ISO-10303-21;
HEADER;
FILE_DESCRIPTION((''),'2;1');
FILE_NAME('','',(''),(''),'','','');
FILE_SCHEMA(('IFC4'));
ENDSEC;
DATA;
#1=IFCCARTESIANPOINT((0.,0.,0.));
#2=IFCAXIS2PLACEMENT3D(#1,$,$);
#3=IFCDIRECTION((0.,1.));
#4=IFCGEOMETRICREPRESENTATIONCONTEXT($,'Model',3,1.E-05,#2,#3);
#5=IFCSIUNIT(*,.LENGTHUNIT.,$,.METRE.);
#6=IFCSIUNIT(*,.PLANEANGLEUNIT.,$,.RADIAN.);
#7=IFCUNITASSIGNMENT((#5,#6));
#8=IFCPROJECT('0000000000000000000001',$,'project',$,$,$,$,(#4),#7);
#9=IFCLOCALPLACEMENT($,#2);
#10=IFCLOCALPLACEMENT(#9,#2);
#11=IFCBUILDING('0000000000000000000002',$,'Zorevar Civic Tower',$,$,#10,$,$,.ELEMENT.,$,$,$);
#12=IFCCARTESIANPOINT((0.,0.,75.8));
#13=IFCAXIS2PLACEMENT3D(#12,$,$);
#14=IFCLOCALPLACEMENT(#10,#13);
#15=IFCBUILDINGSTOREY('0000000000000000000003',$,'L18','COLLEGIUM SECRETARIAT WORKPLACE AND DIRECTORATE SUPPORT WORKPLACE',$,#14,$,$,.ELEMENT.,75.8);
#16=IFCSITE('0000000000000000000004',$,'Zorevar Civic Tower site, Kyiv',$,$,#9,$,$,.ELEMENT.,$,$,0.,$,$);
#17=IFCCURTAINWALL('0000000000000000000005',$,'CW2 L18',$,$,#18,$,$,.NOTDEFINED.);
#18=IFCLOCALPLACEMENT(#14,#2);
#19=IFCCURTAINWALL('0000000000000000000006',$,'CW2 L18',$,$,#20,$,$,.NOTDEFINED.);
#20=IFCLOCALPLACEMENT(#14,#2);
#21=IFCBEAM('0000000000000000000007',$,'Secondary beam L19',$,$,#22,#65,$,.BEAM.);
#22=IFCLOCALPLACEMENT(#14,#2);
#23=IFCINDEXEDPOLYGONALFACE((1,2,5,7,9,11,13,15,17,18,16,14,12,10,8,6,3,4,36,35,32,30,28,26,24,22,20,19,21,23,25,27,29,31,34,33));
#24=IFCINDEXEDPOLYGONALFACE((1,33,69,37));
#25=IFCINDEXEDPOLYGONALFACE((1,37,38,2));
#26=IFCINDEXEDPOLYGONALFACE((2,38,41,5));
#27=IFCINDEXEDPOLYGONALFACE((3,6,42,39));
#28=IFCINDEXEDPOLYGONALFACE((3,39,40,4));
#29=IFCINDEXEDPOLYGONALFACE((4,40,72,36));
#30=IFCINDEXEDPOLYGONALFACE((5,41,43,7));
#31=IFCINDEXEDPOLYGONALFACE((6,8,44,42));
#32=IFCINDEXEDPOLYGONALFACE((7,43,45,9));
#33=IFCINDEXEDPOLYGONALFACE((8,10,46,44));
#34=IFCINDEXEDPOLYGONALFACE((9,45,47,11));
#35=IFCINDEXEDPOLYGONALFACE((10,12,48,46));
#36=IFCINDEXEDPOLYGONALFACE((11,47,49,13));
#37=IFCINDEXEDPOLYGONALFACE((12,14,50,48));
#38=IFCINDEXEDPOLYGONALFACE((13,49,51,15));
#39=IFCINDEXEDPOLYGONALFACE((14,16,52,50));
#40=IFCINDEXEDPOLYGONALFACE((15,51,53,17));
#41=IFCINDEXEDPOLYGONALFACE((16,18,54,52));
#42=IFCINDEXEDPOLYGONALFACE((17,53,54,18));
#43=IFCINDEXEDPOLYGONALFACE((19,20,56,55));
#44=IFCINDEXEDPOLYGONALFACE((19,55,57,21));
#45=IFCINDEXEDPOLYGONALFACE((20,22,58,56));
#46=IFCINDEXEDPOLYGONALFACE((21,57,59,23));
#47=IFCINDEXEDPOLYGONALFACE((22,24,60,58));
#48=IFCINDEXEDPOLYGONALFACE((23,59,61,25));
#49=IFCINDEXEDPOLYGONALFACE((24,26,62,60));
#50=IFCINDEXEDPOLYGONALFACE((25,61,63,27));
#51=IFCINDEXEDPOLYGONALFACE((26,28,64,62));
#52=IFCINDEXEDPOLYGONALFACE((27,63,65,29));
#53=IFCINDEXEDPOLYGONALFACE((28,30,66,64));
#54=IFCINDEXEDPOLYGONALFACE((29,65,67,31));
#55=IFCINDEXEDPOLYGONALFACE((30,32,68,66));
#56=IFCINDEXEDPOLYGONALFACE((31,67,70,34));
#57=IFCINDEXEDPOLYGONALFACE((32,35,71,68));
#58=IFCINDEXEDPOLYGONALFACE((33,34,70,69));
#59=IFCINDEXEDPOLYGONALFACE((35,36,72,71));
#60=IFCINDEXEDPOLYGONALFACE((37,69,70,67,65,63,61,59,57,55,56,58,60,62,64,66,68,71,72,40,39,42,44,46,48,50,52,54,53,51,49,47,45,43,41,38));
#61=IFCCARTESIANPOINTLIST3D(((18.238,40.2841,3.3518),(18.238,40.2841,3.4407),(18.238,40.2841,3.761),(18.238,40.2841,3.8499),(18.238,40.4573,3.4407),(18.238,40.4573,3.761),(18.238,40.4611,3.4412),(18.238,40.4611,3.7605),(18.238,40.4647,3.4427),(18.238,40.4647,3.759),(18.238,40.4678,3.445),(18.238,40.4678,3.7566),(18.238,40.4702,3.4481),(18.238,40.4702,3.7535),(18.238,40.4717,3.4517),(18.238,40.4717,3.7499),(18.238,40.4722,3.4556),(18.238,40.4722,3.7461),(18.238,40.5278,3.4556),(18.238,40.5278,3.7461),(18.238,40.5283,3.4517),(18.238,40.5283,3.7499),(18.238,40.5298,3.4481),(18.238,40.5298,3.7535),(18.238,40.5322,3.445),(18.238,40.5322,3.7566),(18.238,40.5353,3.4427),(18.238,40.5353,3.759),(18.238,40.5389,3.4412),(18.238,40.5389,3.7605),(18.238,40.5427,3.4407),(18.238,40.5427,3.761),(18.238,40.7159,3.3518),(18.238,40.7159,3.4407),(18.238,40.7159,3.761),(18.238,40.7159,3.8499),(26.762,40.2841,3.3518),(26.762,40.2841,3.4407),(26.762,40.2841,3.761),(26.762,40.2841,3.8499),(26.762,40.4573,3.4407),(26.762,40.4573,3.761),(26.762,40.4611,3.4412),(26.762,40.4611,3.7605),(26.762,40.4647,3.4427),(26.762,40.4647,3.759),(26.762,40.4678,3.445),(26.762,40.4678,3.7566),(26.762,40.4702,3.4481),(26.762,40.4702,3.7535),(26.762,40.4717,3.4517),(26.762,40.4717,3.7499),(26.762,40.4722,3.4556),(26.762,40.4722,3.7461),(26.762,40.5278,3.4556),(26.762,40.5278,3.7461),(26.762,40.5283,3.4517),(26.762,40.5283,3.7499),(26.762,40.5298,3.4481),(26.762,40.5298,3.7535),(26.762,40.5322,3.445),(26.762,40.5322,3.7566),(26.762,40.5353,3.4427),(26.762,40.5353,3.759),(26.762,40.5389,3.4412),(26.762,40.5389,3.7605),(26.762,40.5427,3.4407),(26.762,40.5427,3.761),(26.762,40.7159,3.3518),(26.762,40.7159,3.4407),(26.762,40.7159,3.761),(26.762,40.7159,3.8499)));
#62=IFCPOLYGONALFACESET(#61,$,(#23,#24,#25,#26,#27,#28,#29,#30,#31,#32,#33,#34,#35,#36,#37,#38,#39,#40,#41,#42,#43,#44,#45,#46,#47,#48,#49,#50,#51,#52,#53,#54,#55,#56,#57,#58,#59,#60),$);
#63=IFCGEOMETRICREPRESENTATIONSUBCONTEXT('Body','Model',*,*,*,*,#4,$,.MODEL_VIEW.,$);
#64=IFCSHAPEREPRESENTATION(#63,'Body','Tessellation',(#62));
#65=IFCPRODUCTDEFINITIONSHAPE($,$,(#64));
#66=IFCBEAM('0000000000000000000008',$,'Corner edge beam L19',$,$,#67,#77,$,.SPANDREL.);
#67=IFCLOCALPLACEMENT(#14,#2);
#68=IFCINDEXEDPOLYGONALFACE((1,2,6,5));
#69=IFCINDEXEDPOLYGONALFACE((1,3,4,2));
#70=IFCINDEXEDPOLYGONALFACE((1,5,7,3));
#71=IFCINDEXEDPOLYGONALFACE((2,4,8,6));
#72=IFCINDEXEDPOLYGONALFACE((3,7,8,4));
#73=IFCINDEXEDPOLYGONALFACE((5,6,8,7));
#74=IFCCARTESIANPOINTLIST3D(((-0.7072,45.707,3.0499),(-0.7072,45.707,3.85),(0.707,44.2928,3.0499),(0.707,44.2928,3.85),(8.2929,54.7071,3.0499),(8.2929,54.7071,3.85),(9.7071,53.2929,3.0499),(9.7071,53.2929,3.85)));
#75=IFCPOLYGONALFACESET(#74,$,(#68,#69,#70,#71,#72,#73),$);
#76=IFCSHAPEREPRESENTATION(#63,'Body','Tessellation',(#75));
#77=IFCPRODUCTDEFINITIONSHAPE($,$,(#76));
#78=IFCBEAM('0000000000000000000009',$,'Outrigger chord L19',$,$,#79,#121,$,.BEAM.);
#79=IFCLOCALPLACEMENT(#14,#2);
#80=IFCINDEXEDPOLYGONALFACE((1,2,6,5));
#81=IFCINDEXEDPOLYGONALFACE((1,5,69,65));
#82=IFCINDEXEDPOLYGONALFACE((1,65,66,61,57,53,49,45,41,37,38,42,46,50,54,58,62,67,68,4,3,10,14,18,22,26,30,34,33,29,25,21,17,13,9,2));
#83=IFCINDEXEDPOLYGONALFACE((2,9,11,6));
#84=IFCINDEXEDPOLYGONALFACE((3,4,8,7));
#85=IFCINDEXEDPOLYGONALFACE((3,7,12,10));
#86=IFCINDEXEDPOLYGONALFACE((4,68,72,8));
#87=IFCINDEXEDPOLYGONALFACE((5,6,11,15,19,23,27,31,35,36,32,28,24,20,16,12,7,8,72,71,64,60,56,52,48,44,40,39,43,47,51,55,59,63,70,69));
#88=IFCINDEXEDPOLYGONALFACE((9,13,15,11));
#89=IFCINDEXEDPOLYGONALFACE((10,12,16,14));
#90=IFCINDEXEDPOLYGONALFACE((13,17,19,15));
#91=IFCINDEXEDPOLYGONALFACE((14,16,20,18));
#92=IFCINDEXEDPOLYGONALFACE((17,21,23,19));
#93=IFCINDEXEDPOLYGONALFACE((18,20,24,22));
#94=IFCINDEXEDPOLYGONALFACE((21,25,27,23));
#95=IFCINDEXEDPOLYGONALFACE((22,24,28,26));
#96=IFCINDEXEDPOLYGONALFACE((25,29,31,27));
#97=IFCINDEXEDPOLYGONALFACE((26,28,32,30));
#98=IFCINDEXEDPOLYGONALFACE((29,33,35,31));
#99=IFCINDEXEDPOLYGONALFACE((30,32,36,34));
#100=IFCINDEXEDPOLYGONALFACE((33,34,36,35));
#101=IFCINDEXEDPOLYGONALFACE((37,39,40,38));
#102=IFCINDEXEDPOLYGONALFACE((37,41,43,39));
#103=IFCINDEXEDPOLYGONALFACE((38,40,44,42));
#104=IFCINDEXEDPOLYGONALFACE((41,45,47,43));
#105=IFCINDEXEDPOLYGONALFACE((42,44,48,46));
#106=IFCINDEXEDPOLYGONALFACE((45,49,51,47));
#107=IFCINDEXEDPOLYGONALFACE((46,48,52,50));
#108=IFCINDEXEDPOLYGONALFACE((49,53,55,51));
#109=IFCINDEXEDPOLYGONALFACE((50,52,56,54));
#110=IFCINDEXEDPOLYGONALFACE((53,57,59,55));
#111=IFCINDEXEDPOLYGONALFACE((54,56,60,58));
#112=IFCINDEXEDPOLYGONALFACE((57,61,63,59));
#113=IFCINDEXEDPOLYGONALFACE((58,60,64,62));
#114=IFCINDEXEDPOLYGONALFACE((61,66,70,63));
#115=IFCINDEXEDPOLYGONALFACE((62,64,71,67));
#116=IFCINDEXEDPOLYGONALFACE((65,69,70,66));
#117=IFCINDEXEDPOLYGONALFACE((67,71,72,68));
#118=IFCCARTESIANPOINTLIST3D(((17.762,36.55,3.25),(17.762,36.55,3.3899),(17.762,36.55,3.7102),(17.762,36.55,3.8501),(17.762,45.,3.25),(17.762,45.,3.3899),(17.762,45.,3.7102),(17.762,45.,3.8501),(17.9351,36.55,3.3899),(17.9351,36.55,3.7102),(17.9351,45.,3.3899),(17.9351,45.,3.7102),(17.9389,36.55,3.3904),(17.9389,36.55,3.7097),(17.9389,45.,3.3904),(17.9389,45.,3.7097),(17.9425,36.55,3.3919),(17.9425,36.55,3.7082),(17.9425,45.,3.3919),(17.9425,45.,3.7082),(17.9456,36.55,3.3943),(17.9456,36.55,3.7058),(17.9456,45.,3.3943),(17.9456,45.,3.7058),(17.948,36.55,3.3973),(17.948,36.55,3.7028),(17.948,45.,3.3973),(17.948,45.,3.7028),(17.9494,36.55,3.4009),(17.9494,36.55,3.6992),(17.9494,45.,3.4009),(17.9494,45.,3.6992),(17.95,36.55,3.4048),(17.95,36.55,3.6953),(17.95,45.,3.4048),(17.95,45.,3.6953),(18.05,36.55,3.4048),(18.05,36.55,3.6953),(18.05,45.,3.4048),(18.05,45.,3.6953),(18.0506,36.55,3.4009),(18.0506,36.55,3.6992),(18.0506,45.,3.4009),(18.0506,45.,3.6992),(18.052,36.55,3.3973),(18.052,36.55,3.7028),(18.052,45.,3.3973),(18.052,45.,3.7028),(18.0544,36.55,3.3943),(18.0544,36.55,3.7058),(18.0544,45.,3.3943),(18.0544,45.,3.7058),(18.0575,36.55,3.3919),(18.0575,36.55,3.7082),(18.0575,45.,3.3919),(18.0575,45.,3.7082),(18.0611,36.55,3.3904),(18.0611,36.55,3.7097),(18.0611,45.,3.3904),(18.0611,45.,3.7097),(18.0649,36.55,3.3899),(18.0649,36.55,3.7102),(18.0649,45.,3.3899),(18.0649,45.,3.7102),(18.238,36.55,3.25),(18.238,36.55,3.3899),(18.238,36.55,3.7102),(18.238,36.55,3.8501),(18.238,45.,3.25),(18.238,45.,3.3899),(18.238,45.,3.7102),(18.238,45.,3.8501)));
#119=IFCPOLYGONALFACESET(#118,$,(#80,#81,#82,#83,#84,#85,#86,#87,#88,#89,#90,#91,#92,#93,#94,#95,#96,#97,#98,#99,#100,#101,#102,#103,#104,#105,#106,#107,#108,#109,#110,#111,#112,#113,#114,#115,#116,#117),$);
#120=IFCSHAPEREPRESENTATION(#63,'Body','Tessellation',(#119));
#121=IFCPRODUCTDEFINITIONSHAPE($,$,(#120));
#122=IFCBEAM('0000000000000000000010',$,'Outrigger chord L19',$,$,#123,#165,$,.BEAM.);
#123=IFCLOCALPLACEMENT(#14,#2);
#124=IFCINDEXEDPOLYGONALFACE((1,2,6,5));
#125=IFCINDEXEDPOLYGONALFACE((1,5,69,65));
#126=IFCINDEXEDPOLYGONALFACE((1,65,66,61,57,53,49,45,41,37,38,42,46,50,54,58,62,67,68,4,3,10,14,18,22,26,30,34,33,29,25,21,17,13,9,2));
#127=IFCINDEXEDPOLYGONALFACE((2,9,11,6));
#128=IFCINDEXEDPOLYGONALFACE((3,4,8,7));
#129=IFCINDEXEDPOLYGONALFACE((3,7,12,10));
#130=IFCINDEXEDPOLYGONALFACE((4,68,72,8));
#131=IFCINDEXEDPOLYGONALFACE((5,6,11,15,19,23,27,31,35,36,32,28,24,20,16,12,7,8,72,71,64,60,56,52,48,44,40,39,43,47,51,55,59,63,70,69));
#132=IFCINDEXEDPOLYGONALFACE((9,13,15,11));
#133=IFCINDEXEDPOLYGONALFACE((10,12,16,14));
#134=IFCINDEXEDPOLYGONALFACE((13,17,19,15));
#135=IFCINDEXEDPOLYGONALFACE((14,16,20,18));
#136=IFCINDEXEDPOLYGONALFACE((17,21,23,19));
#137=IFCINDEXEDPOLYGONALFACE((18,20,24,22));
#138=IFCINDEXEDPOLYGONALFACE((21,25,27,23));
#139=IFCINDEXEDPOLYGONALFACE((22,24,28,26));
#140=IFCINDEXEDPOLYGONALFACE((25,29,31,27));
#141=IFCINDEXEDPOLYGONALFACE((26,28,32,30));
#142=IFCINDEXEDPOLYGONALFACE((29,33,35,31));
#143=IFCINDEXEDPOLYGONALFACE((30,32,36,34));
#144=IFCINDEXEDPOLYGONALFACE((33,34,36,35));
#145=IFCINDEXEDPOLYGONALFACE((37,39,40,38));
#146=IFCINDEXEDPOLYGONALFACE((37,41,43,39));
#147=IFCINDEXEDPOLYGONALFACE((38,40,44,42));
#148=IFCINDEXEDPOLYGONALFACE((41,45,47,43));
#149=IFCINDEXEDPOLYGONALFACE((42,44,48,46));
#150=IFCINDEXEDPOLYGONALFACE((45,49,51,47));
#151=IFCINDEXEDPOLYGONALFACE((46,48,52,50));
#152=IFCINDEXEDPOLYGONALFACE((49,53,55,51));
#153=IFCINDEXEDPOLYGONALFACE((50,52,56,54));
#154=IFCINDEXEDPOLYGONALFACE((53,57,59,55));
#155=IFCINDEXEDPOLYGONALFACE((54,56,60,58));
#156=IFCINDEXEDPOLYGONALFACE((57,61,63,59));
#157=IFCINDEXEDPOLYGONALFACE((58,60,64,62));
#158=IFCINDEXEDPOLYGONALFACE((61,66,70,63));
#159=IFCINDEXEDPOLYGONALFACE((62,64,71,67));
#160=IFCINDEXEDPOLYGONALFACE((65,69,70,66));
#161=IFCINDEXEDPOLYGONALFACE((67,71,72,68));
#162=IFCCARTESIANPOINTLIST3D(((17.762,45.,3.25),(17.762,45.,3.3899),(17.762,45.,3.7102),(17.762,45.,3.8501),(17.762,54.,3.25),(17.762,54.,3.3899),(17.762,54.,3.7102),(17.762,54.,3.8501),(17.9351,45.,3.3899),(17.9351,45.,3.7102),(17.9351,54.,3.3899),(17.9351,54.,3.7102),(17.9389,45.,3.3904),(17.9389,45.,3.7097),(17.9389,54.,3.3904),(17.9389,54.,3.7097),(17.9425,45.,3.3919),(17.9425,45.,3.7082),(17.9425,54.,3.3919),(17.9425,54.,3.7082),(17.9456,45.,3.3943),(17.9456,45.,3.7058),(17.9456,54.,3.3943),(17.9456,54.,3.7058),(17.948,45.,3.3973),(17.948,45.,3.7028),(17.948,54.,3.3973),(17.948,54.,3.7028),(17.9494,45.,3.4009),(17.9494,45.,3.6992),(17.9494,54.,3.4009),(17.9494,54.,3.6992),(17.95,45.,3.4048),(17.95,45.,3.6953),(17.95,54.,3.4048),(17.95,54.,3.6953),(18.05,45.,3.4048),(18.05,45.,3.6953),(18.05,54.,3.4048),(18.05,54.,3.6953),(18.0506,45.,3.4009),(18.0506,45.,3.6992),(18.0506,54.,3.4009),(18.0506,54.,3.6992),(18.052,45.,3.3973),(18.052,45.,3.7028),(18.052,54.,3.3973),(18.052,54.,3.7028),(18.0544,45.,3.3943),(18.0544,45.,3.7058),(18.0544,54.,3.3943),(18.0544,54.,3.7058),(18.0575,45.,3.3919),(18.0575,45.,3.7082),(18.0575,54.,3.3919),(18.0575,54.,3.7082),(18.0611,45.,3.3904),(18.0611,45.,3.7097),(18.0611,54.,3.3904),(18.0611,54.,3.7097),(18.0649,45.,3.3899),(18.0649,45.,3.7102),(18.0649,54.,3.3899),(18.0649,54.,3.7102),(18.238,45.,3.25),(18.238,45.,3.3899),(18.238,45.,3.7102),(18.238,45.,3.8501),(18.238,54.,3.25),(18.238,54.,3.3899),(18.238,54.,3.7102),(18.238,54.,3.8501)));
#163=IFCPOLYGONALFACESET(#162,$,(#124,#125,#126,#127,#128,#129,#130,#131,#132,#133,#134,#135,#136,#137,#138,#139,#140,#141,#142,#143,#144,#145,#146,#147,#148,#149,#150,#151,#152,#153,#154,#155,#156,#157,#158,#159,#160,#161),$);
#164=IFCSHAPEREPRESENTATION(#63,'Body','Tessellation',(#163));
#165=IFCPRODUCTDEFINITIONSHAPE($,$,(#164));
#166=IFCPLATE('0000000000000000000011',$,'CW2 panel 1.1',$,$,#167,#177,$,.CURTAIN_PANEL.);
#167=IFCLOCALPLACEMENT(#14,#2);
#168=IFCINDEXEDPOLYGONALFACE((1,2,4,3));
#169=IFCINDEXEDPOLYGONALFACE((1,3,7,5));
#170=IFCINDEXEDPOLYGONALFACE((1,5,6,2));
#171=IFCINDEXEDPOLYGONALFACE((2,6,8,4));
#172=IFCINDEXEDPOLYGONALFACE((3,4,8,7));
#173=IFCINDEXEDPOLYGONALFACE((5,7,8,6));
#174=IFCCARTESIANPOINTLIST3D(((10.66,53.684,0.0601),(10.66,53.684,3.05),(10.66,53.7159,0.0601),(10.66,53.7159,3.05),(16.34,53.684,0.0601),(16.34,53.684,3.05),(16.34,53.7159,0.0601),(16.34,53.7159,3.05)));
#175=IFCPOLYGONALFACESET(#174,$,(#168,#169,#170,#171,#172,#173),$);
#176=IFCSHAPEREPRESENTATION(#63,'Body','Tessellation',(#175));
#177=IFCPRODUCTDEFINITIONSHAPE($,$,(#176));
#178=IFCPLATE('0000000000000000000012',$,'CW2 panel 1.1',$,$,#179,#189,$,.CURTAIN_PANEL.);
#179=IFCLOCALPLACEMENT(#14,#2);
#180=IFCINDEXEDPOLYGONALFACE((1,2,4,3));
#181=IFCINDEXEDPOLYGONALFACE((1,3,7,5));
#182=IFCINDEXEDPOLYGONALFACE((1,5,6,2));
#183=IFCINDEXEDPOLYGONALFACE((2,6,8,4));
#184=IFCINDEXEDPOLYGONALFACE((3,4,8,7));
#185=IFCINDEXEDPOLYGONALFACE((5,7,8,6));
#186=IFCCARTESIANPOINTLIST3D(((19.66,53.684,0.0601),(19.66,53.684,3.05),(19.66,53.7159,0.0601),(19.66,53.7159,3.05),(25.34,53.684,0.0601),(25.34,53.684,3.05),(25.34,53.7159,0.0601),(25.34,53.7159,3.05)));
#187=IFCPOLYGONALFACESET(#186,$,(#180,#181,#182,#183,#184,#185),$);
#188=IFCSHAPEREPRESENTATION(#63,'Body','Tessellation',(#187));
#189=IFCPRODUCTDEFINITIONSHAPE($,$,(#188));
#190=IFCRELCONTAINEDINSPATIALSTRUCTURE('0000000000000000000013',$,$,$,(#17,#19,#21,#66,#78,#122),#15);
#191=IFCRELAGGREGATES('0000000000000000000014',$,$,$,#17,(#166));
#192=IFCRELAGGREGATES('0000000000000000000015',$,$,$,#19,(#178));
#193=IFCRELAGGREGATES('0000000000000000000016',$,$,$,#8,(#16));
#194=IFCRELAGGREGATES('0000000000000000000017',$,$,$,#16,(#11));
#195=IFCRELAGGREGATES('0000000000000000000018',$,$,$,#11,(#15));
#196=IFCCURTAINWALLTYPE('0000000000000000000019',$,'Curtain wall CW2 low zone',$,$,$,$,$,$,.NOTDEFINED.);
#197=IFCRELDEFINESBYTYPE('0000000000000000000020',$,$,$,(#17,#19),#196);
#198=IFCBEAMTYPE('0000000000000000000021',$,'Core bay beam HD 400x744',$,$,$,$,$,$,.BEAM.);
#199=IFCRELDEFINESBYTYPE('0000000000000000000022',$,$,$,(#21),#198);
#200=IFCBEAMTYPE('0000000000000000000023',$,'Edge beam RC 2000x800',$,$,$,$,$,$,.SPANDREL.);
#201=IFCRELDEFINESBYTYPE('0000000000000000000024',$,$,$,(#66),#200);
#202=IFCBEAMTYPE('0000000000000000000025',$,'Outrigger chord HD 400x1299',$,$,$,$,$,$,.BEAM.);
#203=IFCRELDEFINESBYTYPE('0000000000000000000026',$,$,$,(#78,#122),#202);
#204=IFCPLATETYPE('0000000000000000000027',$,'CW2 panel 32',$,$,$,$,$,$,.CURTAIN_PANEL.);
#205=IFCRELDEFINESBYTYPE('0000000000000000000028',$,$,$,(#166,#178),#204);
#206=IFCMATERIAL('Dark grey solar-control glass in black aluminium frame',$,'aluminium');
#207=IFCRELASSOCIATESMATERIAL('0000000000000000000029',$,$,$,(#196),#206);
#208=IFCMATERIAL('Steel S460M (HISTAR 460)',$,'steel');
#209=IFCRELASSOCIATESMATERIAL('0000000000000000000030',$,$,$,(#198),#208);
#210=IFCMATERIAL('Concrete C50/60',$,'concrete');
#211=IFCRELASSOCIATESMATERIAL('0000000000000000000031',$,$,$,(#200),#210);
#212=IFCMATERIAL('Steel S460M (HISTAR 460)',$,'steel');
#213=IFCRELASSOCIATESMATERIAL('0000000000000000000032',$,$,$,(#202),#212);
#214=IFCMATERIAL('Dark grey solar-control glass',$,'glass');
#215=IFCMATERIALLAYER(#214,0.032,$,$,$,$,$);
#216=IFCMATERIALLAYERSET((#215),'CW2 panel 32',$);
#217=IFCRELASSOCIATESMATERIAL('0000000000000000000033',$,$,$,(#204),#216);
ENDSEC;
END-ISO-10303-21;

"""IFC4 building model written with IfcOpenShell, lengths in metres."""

from ifc_helpers import new_model, si_unit, direction, frame, origin, origin_2d, place, context, subcontext, project, spatial, rectangle, i_section, extrude, material, layer, layer_set, material_profile, profile_set, type_object, element, aggregate, save


model = new_model("IFC4")

# Units and contexts
model_context = context("Model", 3, precision=1e-05, world=origin(), true_north=direction((0.0, 1.0)))
body_context = subcontext(model_context, "Body", "Model", "MODEL_VIEW")
ifc_project = project(units=[si_unit("LENGTHUNIT", "METRE"), si_unit("PLANEANGLEUNIT", "RADIAN")], contexts=[model_context])

# Site, building, storey
site_placement = place(None, origin())
site = spatial("IfcSite", under=ifc_project, at=site_placement, Name="Zorevar Civic Tower site, Kyiv", CompositionType="ELEMENT", RefElevation=0.0)
building_placement = place(site_placement, origin())
building = spatial("IfcBuilding", under=site, at=building_placement, Name="Zorevar Civic Tower", CompositionType="ELEMENT")
storey_placement = place(building_placement, frame((0.0, 0.0, 75.8)))
storey = spatial("IfcBuildingStorey", under=building, at=storey_placement, Name="L18", Description="COLLEGIUM SECRETARIAT WORKPLACE AND DIRECTORATE SUPPORT WORKPLACE", CompositionType="ELEMENT", Elevation=75.8)

# Curtain walls
ifc_material_1 = material(Name="Dark grey solar-control glass in black aluminium frame", Category="aluminium")
curtain_wall_type = type_object("IfcCurtainWallType", Name="Curtain wall CW2 low zone", PredefinedType="NOTDEFINED", material=ifc_material_1)
curtain_wall_1_placement = place(storey_placement, origin())
curtain_wall_1 = element("IfcCurtainWall", 1, at=curtain_wall_1_placement, inside=storey, type_object=curtain_wall_type, Name="CW2 L18", PredefinedType="NOTDEFINED")
curtain_wall_2_placement = place(storey_placement, origin())
curtain_wall_2 = element("IfcCurtainWall", 2, at=curtain_wall_2_placement, inside=storey, type_object=curtain_wall_type, Name="CW2 L18", PredefinedType="NOTDEFINED")

# Beams
ifc_material_2 = material(Name="Steel S460M (HISTAR 460)", Category="steel")
ifc_material_profile_1 = material_profile(ifc_material_2, i_section(OverallWidth=0.4319, OverallDepth=0.498, WebThickness=0.0557, FlangeThickness=0.0889, FilletRadius=0.0149, at=origin_2d()), Name="HD 400x744")
ifc_profile_set_1 = profile_set([ifc_material_profile_1], Name="Steel S460M (HISTAR 460)")
beam_type_1 = type_object("IfcBeamType", Name="Core bay beam HD 400x744", PredefinedType="BEAM", material=ifc_profile_set_1)
beam_1_placement = place(storey_placement, frame((18.238, 40.5, 3.6008), z_axis=(1.0, 0.0, 0.0), x_axis=(0.0, 1.0, 0.0)))
element("IfcBeam", 3, at=beam_1_placement, inside=storey, type_object=beam_type_1, Name="Secondary beam L19", PredefinedType="BEAM", context=body_context, shape_type="SweptSolid", body=[
    extrude(i_section(OverallWidth=0.4319, OverallDepth=0.498, WebThickness=0.0557, FlangeThickness=0.0889, FilletRadius=0.0149, at=origin_2d()), origin(), (0.0, 0.0, 1.0), 8.5239),
])
ifc_material_3 = material(Name="Concrete C50/60", Category="concrete")
ifc_material_profile_2 = material_profile(ifc_material_3, rectangle(XDim=2.0, YDim=0.8, at=origin_2d()), Name="RC 2000x800")
ifc_profile_set_2 = profile_set([ifc_material_profile_2], Name="Concrete C50/60")
beam_type_2 = type_object("IfcBeamType", Name="Edge beam RC 2000x800", PredefinedType="SPANDREL", material=ifc_profile_set_2)
beam_2_placement = place(storey_placement, frame((9.0, 54.0, 3.45), z_axis=(-0.707107, -0.707107, 0.0), x_axis=(0.707107, -0.707107, 0.0)))
element("IfcBeam", 4, at=beam_2_placement, inside=storey, type_object=beam_type_2, Name="Corner edge beam L19", PredefinedType="SPANDREL", context=body_context, shape_type="SweptSolid", body=[
    extrude(rectangle(XDim=2.0, YDim=0.8, at=origin_2d()), origin(), (0.0, 0.0, 1.0), 12.728),
])
ifc_material_4 = material(Name="Steel S460M (HISTAR 460)", Category="steel")
ifc_material_profile_3 = material_profile(ifc_material_4, i_section(OverallWidth=0.4761, OverallDepth=0.6001, WebThickness=0.1001, FlangeThickness=0.1399, FilletRadius=0.0149, at=origin_2d()), Name="HD 400x1299")
ifc_profile_set_3 = profile_set([ifc_material_profile_3], Name="Steel S460M (HISTAR 460)")
beam_type_3 = type_object("IfcBeamType", Name="Outrigger chord HD 400x1299", PredefinedType="BEAM", material=ifc_profile_set_3)
beam_3_placement = place(storey_placement, frame((18.0, 36.55, 3.55), z_axis=(0.0, 1.0, 0.0), x_axis=(-1.0, 0.0, 0.0)))
element("IfcBeam", 5, at=beam_3_placement, inside=storey, type_object=beam_type_3, Name="Outrigger chord L19", PredefinedType="BEAM", context=body_context, shape_type="SweptSolid", body=[
    extrude(i_section(OverallWidth=0.4761, OverallDepth=0.6001, WebThickness=0.1001, FlangeThickness=0.1399, FilletRadius=0.0149, at=origin_2d()), origin(), (0.0, 0.0, 1.0), 8.45),
])
beam_4_placement = place(storey_placement, frame((18.0, 45.0, 3.55), z_axis=(0.0, 1.0, 0.0), x_axis=(-1.0, 0.0, 0.0)))
element("IfcBeam", 6, at=beam_4_placement, inside=storey, type_object=beam_type_3, Name="Outrigger chord L19", PredefinedType="BEAM", context=body_context, shape_type="SweptSolid", body=[
    extrude(i_section(OverallWidth=0.4761, OverallDepth=0.6001, WebThickness=0.1001, FlangeThickness=0.1399, FilletRadius=0.0149, at=origin_2d()), origin(), (0.0, 0.0, 1.0), 9.0),
])

# Plates
ifc_material_5 = material(Name="Dark grey solar-control glass", Category="glass")
ifc_layer_1 = layer(ifc_material_5, 0.032)
ifc_layer_set_1 = layer_set([ifc_layer_1], Name="CW2 panel 32")
plate_type = type_object("IfcPlateType", Name="CW2 panel 32", PredefinedType="CURTAIN_PANEL", material=ifc_layer_set_1)
plate_1_placement = place(storey_placement, frame((13.5, 53.7, 0.0601), z_axis=(0.0, 0.0, 1.0), x_axis=(1.0, 0.0, 0.0)))
plate_1 = element("IfcPlate", 7, at=plate_1_placement, type_object=plate_type, Name="CW2 panel 1.1", PredefinedType="CURTAIN_PANEL", context=body_context, shape_type="SweptSolid", body=[
    extrude(rectangle(XDim=5.6799, YDim=0.032, at=origin_2d()), origin(), (0.0, 0.0, 1.0), 2.99),
])
aggregate(curtain_wall_1, [plate_1])
plate_2_placement = place(storey_placement, frame((22.5, 53.7, 0.0601), z_axis=(0.0, 0.0, 1.0), x_axis=(1.0, 0.0, 0.0)))
plate_2 = element("IfcPlate", 8, at=plate_2_placement, type_object=plate_type, Name="CW2 panel 1.1", PredefinedType="CURTAIN_PANEL", context=body_context, shape_type="SweptSolid", body=[
    extrude(rectangle(XDim=5.6799, YDim=0.032, at=origin_2d()), origin(), (0.0, 0.0, 1.0), 2.99),
])
aggregate(curtain_wall_2, [plate_2])

save(model, "model.ifc")
